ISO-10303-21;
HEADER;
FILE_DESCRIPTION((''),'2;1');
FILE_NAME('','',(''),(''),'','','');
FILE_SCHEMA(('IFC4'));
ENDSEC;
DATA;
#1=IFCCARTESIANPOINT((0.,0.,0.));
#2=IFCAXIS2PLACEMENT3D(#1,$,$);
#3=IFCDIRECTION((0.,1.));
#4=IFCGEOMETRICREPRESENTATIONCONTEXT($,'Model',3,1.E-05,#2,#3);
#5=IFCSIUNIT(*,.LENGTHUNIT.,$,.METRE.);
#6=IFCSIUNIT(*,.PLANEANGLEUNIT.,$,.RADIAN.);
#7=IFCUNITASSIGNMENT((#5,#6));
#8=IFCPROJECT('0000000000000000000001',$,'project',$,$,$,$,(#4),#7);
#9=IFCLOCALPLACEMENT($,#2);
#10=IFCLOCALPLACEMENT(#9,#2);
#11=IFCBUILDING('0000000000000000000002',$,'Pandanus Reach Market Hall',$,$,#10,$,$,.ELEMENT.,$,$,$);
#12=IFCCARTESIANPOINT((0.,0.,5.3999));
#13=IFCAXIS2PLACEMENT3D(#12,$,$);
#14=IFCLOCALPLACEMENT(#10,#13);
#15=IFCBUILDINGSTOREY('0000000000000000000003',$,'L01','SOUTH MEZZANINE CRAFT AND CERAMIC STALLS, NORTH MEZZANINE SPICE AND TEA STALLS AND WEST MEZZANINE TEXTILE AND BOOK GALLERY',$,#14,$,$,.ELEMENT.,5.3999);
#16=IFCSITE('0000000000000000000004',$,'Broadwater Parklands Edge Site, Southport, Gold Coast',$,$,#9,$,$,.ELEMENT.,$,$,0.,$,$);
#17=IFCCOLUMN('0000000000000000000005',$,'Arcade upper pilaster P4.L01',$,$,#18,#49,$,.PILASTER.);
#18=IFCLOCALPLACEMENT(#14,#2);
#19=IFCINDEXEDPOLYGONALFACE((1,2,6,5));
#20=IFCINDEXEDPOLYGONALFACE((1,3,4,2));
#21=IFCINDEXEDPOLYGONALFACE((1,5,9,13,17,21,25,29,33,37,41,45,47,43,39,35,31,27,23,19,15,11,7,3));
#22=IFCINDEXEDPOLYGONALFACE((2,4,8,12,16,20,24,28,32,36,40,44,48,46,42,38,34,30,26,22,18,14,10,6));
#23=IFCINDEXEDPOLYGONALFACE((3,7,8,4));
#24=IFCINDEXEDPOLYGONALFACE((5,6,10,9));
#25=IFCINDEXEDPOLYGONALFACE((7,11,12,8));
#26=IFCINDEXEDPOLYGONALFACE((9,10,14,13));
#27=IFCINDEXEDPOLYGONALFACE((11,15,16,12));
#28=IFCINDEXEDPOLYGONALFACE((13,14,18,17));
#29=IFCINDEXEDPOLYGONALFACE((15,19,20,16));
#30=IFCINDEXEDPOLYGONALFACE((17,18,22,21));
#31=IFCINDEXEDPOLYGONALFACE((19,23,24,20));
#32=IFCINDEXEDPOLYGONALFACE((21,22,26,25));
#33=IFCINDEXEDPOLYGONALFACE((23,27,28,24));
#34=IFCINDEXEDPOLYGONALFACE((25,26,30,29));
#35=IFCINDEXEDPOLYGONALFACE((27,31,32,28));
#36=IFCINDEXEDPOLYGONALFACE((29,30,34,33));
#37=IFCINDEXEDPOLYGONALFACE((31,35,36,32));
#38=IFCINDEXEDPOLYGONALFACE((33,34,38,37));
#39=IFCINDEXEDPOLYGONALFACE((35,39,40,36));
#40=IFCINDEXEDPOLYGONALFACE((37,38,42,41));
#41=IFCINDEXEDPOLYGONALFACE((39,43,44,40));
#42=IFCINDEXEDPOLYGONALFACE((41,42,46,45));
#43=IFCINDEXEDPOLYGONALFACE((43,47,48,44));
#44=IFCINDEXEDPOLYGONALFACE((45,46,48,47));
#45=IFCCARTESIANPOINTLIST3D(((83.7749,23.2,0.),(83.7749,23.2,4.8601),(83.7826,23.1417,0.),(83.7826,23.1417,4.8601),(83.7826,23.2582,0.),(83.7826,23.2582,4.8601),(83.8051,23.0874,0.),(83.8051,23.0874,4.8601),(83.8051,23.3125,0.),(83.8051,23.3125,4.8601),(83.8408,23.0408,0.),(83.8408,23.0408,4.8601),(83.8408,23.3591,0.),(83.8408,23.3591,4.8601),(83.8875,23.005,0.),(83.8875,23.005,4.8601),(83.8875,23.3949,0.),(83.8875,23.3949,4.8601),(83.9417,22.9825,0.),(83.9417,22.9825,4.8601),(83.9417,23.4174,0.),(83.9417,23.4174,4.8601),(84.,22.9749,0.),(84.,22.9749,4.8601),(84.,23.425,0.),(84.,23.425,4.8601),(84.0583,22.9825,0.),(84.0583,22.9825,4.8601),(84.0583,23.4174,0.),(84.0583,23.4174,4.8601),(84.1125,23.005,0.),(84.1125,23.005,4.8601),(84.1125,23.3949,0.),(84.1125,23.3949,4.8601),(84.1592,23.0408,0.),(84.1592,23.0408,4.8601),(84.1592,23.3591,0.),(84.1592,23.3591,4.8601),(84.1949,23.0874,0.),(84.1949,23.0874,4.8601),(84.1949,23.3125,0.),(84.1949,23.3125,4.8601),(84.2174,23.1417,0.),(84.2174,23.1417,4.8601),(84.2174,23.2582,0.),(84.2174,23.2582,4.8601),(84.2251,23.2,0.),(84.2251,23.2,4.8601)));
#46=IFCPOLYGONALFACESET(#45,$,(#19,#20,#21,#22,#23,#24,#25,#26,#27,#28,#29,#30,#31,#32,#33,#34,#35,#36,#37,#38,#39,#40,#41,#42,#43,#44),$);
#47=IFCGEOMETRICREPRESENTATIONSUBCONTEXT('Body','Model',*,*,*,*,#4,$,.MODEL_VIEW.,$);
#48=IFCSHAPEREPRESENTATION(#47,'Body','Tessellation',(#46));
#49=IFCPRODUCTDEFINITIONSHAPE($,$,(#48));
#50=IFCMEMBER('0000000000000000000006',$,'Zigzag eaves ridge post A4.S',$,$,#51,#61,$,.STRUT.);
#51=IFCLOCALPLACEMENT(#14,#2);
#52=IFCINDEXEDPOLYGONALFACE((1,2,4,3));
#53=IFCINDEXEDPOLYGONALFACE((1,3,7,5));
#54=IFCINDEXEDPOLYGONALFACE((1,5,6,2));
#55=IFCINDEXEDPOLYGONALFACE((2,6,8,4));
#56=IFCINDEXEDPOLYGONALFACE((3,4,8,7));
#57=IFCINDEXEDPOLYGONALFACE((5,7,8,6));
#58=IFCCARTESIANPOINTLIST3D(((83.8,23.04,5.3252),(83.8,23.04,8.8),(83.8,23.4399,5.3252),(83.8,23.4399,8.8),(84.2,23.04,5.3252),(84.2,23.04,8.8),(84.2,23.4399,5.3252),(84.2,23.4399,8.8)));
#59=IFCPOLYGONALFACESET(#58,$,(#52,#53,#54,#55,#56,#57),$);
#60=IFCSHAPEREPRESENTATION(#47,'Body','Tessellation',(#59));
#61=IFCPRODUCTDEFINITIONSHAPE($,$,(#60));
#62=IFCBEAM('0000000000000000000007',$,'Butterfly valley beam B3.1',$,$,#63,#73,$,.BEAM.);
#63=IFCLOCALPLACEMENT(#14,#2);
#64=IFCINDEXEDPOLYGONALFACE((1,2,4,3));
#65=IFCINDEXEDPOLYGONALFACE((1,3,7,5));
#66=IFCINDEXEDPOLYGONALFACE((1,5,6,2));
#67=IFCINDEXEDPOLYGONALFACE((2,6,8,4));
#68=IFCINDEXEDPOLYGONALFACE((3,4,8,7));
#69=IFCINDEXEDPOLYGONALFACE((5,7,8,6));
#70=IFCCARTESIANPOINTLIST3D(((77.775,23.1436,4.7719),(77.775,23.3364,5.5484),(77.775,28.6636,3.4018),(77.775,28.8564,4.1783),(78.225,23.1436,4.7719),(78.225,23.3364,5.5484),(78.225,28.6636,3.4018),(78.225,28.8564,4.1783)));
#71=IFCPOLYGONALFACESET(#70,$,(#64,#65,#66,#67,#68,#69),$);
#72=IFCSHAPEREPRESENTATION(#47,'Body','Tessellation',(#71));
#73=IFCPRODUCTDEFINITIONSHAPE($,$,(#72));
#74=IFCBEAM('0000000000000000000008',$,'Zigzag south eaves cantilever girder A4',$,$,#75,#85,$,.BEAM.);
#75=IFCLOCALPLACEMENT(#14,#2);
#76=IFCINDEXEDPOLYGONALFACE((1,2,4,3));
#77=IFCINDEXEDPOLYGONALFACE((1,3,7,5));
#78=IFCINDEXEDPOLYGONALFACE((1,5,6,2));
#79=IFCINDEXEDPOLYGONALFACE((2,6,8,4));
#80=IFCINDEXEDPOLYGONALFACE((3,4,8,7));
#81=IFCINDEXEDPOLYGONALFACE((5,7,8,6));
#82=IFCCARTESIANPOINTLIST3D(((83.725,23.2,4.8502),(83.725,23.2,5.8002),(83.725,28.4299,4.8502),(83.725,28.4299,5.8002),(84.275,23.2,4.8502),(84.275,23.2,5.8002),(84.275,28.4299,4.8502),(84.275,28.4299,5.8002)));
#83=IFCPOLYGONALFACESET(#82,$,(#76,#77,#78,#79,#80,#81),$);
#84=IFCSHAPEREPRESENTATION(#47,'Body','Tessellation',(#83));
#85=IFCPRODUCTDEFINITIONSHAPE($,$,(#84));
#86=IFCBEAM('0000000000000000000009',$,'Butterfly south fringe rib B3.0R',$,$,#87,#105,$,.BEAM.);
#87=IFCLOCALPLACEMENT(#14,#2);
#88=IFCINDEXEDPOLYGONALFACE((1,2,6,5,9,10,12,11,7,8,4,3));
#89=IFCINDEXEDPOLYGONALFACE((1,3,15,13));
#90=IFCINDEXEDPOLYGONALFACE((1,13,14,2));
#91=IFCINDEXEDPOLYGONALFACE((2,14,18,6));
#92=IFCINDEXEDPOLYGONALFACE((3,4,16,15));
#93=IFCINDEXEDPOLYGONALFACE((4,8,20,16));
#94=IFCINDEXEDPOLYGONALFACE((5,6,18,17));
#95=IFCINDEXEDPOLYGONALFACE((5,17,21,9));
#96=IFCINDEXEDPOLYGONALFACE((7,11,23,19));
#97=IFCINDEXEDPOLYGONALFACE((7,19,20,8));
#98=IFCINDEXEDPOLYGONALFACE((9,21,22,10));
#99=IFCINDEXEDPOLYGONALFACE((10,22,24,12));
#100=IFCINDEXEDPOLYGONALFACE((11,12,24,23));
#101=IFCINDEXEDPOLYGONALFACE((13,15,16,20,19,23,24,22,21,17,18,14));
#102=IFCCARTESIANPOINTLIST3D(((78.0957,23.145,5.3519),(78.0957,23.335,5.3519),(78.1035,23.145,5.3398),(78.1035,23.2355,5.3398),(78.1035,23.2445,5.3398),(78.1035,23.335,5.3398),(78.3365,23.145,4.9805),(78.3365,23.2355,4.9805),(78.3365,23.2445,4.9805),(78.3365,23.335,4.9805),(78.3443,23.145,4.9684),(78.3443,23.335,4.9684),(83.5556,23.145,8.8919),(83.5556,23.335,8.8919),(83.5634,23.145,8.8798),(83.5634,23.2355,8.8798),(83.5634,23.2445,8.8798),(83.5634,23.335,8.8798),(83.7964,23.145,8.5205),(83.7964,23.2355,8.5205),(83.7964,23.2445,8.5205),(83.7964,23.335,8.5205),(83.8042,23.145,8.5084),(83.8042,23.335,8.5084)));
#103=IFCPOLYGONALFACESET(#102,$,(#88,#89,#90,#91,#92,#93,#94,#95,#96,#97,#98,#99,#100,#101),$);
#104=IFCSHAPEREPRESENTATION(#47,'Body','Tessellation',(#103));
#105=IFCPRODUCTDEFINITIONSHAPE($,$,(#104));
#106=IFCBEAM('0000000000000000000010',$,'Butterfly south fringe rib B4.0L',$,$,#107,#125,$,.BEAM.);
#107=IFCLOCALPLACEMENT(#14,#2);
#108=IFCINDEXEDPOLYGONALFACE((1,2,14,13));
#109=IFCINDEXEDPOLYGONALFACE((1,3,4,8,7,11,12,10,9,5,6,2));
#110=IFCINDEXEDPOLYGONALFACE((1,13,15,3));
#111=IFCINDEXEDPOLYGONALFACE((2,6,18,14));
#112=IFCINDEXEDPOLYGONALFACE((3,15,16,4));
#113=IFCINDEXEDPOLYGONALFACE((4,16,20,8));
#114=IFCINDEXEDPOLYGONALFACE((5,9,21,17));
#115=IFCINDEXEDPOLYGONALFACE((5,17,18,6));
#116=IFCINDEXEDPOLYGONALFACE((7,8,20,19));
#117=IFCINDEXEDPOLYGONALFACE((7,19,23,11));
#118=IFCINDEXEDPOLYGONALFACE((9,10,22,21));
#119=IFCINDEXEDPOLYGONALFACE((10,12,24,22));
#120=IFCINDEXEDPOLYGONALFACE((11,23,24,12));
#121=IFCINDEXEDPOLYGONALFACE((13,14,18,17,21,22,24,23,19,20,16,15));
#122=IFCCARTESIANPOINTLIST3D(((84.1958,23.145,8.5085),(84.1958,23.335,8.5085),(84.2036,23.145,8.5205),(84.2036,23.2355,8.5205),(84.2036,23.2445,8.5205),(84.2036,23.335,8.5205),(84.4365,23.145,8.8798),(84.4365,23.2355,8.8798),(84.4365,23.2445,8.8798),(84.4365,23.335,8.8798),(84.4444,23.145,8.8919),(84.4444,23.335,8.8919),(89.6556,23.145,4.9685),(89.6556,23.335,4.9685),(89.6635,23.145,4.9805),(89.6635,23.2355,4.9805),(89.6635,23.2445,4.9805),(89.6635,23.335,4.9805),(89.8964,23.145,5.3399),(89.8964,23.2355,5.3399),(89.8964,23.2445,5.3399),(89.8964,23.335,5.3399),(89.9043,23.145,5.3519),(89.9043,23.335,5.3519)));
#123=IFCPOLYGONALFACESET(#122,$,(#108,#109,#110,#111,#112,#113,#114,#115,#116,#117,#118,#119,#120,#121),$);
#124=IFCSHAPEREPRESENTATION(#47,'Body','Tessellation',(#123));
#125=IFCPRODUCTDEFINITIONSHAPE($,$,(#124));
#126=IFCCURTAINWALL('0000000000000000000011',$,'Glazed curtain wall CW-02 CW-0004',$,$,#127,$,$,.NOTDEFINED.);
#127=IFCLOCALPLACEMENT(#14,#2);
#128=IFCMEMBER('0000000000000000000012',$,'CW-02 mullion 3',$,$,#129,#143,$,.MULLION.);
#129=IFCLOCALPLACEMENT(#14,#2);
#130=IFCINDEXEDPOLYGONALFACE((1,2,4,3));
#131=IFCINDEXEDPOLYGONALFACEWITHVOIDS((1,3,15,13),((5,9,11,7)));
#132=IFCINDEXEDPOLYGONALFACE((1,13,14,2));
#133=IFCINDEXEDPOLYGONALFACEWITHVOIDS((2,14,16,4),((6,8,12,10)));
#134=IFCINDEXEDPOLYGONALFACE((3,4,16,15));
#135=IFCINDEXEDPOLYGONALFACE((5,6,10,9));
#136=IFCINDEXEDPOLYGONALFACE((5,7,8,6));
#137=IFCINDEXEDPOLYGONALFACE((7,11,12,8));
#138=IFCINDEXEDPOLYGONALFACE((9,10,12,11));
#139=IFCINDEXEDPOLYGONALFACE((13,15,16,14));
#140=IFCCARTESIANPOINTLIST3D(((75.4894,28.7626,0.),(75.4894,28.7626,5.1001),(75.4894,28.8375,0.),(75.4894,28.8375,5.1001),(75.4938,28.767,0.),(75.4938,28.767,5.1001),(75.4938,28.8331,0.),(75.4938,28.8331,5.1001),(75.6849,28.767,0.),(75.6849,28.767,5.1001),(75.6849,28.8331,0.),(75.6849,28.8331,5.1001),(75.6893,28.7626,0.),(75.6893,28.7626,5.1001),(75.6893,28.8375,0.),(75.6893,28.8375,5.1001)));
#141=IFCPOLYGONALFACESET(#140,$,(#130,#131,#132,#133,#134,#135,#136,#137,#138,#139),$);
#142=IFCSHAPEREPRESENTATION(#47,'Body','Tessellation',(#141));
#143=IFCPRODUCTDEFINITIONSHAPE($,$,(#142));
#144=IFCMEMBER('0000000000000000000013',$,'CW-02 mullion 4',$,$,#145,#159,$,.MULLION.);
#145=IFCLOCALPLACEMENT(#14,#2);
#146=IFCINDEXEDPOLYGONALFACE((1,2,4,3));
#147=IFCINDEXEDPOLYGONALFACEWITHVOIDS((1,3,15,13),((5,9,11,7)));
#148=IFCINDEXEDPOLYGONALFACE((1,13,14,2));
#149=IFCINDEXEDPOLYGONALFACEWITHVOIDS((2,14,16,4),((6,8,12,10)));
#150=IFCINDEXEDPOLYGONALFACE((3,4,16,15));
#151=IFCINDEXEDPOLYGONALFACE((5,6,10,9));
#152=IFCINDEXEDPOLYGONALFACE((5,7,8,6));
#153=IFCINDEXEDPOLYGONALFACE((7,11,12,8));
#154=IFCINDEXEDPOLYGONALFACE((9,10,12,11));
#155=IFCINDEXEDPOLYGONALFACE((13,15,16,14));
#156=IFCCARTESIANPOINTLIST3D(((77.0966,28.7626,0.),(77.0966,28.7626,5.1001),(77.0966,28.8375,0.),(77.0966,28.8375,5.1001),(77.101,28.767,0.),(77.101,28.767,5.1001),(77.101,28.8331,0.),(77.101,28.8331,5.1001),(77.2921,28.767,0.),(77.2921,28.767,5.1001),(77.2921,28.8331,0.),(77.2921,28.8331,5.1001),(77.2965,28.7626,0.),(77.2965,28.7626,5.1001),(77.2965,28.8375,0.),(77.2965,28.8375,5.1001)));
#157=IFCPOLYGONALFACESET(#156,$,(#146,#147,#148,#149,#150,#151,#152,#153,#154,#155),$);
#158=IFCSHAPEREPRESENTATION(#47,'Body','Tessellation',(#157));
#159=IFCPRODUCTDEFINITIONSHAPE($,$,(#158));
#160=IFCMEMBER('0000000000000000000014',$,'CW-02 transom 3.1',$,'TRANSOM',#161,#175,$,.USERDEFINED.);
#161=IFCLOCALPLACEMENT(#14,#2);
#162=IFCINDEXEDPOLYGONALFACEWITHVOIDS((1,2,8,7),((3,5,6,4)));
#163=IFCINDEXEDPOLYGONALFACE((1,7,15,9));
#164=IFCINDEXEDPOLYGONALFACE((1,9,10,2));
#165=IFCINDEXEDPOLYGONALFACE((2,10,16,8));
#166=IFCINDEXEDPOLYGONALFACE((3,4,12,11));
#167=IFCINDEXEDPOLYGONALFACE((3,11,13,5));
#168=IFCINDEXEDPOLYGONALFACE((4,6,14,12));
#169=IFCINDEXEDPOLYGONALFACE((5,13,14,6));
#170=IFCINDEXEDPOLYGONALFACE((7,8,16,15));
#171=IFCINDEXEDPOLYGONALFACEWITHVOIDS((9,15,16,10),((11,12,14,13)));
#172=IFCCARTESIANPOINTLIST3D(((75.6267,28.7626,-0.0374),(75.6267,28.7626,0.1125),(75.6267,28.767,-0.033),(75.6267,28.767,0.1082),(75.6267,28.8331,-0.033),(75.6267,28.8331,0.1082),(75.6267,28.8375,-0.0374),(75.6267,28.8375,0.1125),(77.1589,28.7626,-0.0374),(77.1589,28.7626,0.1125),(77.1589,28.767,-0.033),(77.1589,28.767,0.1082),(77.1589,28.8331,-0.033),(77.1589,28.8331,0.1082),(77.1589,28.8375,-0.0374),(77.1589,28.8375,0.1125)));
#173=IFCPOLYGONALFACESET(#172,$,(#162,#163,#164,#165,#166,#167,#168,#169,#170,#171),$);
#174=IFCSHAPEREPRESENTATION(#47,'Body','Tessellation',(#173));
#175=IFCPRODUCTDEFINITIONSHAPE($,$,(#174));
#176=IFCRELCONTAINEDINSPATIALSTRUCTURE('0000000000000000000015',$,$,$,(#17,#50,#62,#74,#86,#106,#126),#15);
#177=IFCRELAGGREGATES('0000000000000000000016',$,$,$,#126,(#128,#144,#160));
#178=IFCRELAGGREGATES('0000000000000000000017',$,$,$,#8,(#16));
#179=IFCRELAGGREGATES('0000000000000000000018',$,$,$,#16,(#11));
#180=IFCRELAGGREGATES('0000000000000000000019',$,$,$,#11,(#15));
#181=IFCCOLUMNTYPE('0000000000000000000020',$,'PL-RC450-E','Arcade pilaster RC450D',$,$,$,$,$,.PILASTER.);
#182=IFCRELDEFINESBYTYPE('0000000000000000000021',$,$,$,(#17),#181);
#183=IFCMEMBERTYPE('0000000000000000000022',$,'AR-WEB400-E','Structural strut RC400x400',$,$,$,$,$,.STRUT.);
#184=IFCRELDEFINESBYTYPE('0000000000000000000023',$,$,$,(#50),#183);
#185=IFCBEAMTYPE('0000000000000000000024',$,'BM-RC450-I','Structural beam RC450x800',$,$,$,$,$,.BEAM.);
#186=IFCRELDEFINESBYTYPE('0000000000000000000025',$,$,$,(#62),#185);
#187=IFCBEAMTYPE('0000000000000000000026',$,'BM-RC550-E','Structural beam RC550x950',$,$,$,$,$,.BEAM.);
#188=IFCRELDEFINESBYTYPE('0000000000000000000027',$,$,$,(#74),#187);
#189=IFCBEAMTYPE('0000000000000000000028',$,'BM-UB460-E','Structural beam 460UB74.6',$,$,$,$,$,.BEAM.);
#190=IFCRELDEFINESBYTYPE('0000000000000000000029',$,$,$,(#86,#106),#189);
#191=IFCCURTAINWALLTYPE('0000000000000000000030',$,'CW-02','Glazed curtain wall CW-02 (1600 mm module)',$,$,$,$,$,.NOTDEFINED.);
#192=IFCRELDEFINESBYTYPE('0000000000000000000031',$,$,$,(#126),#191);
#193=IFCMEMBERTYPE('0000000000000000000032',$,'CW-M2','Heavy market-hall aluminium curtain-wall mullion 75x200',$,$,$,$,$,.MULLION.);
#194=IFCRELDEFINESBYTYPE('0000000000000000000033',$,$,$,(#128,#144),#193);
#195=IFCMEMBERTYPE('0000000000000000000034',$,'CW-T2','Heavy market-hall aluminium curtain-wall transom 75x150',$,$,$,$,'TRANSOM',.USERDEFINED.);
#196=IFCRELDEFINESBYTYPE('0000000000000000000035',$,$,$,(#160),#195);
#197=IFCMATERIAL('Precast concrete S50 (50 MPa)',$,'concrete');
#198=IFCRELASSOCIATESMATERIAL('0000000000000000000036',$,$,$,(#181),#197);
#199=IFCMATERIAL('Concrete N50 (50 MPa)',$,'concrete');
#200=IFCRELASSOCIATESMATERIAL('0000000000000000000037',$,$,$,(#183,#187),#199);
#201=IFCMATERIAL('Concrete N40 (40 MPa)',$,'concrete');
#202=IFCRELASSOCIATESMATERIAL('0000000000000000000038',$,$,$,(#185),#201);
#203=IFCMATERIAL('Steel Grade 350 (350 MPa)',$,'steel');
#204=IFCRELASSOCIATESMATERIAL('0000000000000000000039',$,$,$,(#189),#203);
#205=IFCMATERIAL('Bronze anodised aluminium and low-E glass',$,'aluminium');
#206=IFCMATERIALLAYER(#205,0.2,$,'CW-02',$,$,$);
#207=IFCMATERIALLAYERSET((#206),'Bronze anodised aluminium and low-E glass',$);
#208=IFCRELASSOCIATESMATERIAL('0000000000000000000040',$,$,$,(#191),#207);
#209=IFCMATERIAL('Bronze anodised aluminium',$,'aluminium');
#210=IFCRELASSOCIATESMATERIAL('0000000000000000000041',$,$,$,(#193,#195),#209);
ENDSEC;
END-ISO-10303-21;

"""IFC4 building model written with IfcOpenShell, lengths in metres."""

from ifc_helpers import new_model, si_unit, direction, frame, origin, origin_2d, place, context, subcontext, project, spatial, rectangle, hollow_rectangle, circle, i_section, extrude, material, layer, layer_set, material_profile, profile_set, type_object, element, aggregate, save


model = new_model("IFC4")

# Units and contexts
model_context = context("Model", 3, precision=1e-05, world=origin(), true_north=direction((0.0, 1.0)))
body_context = subcontext(model_context, "Body", "Model", "MODEL_VIEW")
ifc_project = project(units=[si_unit("LENGTHUNIT", "METRE"), si_unit("PLANEANGLEUNIT", "RADIAN")], contexts=[model_context])

# Site, building, storey
site_placement = place(None, origin())
site = spatial("IfcSite", under=ifc_project, at=site_placement, Name="Broadwater Parklands Edge Site, Southport, Gold Coast", CompositionType="ELEMENT", RefElevation=0.0)
building_placement = place(site_placement, origin())
building = spatial("IfcBuilding", under=site, at=building_placement, Name="Pandanus Reach Market Hall", CompositionType="ELEMENT")
storey_placement = place(building_placement, frame((0.0, 0.0, 5.3999)))
storey = spatial("IfcBuildingStorey", under=building, at=storey_placement, Name="L01", Description="SOUTH MEZZANINE CRAFT AND CERAMIC STALLS, NORTH MEZZANINE SPICE AND TEA STALLS AND WEST MEZZANINE TEXTILE AND BOOK GALLERY", CompositionType="ELEMENT", Elevation=5.3999)

# Column
ifc_material_1 = material(Name="Precast concrete S50 (50 MPa)", Category="concrete")
ifc_material_profile_1 = material_profile(ifc_material_1, circle(Radius=0.2251, at=origin_2d()), Name="RC450D", Category="LoadBearing")
ifc_profile_set_1 = profile_set([ifc_material_profile_1], Name="Precast concrete S50 (50 MPa)")
column_type = type_object("IfcColumnType", Name="PL-RC450-E", Description="Arcade pilaster RC450D", PredefinedType="PILASTER", material=ifc_profile_set_1)
column_placement = place(storey_placement, frame((84.0, 23.2, 0.0), z_axis=(0.0, 0.0, 1.0), x_axis=(1.0, 0.0, 0.0)))
element("IfcColumn", 1, at=column_placement, inside=storey, type_object=column_type, Name="Arcade upper pilaster P4.L01", PredefinedType="PILASTER", context=body_context, shape_type="SweptSolid", body=[
    extrude(circle(Radius=0.2251, at=origin_2d()), origin(), (0.0, 0.0, 1.0), 4.8601),
])

# Member
ifc_material_2 = material(Name="Concrete N50 (50 MPa)", Category="concrete")
ifc_material_profile_2 = material_profile(ifc_material_2, rectangle(XDim=0.3999, YDim=0.3999, at=origin_2d()), Name="RC400x400", Category="LoadBearing")
ifc_profile_set_2 = profile_set([ifc_material_profile_2], Name="Concrete N50 (50 MPa)")
member_type_1 = type_object("IfcMemberType", Name="AR-WEB400-E", Description="Structural strut RC400x400", PredefinedType="STRUT", material=ifc_profile_set_2)
member_1_placement = place(storey_placement, frame((84.0, 23.24, 5.3252), z_axis=(0.0, 0.0, 1.0), x_axis=(1.0, 0.0, 0.0)))
element("IfcMember", 2, at=member_1_placement, inside=storey, type_object=member_type_1, Name="Zigzag eaves ridge post A4.S", PredefinedType="STRUT", context=body_context, shape_type="SweptSolid", body=[
    extrude(rectangle(XDim=0.3999, YDim=0.3999, at=origin_2d()), origin(), (0.0, 0.0, 1.0), 3.4749),
])

# Beams
ifc_material_3 = material(Name="Concrete N40 (40 MPa)", Category="concrete")
ifc_material_profile_3 = material_profile(ifc_material_3, rectangle(XDim=0.45, YDim=0.8, at=origin_2d()), Name="RC450x800", Category="LoadBearing")
ifc_profile_set_3 = profile_set([ifc_material_profile_3], Name="Concrete N40 (40 MPa)")
beam_type_1 = type_object("IfcBeamType", Name="BM-RC450-I", Description="Structural beam RC450x800", PredefinedType="BEAM", material=ifc_profile_set_3)
beam_1_placement = place(storey_placement, frame((78.0, 23.24, 5.1602), z_axis=(0.0, 0.97055, -0.240899), x_axis=(-1.0, 0.0, 0.0)))
element("IfcBeam", 3, at=beam_1_placement, inside=storey, type_object=beam_type_1, Name="Butterfly valley beam B3.1", PredefinedType="BEAM", context=body_context, shape_type="SweptSolid", body=[
    extrude(rectangle(XDim=0.45, YDim=0.8, at=origin_2d()), origin(), (0.0, 0.0, 1.0), 5.6875),
])
ifc_material_profile_4 = material_profile(ifc_material_2, rectangle(XDim=0.55, YDim=0.95, at=origin_2d()), Name="RC550x950", Category="LoadBearing")
ifc_profile_set_4 = profile_set([ifc_material_profile_4], Name="Concrete N50 (50 MPa)")
beam_type_2 = type_object("IfcBeamType", Name="BM-RC550-E", Description="Structural beam RC550x950", PredefinedType="BEAM", material=ifc_profile_set_4)
beam_2_placement = place(storey_placement, frame((84.0, 23.2, 5.3252), z_axis=(0.0, 1.0, 0.0), x_axis=(-1.0, 0.0, 0.0)))
element("IfcBeam", 4, at=beam_2_placement, inside=storey, type_object=beam_type_2, Name="Zigzag south eaves cantilever girder A4", PredefinedType="BEAM", context=body_context, shape_type="SweptSolid", body=[
    extrude(rectangle(XDim=0.55, YDim=0.95, at=origin_2d()), origin(), (0.0, 0.0, 1.0), 5.23),
])
ifc_material_4 = material(Name="Steel Grade 350 (350 MPa)", Category="steel")
ifc_material_profile_5 = material_profile(ifc_material_4, i_section(OverallWidth=0.1899, OverallDepth=0.457, WebThickness=0.009, FlangeThickness=0.0144, at=origin_2d()), Name="460UB74.6", Category="LoadBearing")
ifc_profile_set_5 = profile_set([ifc_material_profile_5], Name="Steel Grade 350 (350 MPa)")
beam_type_3 = type_object("IfcBeamType", Name="BM-UB460-E", Description="Structural beam 460UB74.6", PredefinedType="BEAM", material=ifc_profile_set_5)
for number, where, z_axis, x_axis, name in (
    (5, (78.22, 23.24, 5.1602), (0.839071, 0.0, 0.544023), (0.0, 1.0, 0.0), "Butterfly south fringe rib B3.0R"),
    (6, (84.3201, 23.24, 8.7002), (0.839071, 0.0, -0.544023), (0.0, 1.0, 0.0), "Butterfly south fringe rib B4.0L"),
):
    element("IfcBeam", number, at=place(storey_placement, frame(where, z_axis=z_axis, x_axis=x_axis)), inside=storey, type_object=beam_type_3, Name=name, PredefinedType="BEAM", context=body_context, shape_type="SweptSolid", body=[
        extrude(i_section(OverallWidth=0.1899, OverallDepth=0.457, WebThickness=0.009, FlangeThickness=0.0144, at=origin_2d()), origin(), (0.0, 0.0, 1.0), 6.5071),
    ])

# Curtain wall, members
ifc_material_5 = material(Name="Bronze anodised aluminium and low-E glass", Category="aluminium")
ifc_layer_1 = layer(ifc_material_5, 0.2, Name="CW-02")
ifc_layer_set_1 = layer_set([ifc_layer_1], Name="Bronze anodised aluminium and low-E glass")
curtain_wall_type = type_object("IfcCurtainWallType", Name="CW-02", Description="Glazed curtain wall CW-02 (1600 mm module)", PredefinedType="NOTDEFINED", material=ifc_layer_set_1)
curtain_wall_placement = place(storey_placement, origin())
curtain_wall = element("IfcCurtainWall", 7, at=curtain_wall_placement, inside=storey, type_object=curtain_wall_type, Name="Glazed curtain wall CW-02 CW-0004", PredefinedType="NOTDEFINED")
ifc_material_6 = material(Name="Bronze anodised aluminium", Category="aluminium")
ifc_material_profile_6 = material_profile(ifc_material_6, hollow_rectangle(XDim=0.075, YDim=0.2, WallThickness=0.0044, at=origin_2d()), Name="ALU75x200", Category="LoadBearing")
ifc_profile_set_6 = profile_set([ifc_material_profile_6], Name="Bronze anodised aluminium")
member_type_2 = type_object("IfcMemberType", Name="CW-M2", Description="Heavy market-hall aluminium curtain-wall mullion 75x200", PredefinedType="MULLION", material=ifc_profile_set_6)
member_2_placement = place(storey_placement, frame((75.5894, 28.8, 0.0), z_axis=(0.0, 0.0, 1.0), x_axis=(0.0, 1.0, 0.0)))
member_2 = element("IfcMember", 8, at=member_2_placement, type_object=member_type_2, Name="CW-02 mullion 3", PredefinedType="MULLION", context=body_context, shape_type="SweptSolid", body=[
    extrude(hollow_rectangle(XDim=0.075, YDim=0.2, WallThickness=0.0044, at=origin_2d()), origin(), (0.0, 0.0, 1.0), 5.1001),
])
member_3_placement = place(storey_placement, frame((77.1965, 28.8, 0.0), z_axis=(0.0, 0.0, 1.0), x_axis=(0.0, 1.0, 0.0)))
member_3 = element("IfcMember", 9, at=member_3_placement, type_object=member_type_2, Name="CW-02 mullion 4", PredefinedType="MULLION", context=body_context, shape_type="SweptSolid", body=[
    extrude(hollow_rectangle(XDim=0.075, YDim=0.2, WallThickness=0.0044, at=origin_2d()), origin(), (0.0, 0.0, 1.0), 5.1001),
])
ifc_material_profile_7 = material_profile(ifc_material_6, hollow_rectangle(XDim=0.075, YDim=0.1499, WallThickness=0.0044, at=origin_2d()), Name="ALU75x150", Category="LoadBearing")
ifc_profile_set_7 = profile_set([ifc_material_profile_7], Name="Bronze anodised aluminium")
member_type_3 = type_object("IfcMemberType", Name="CW-T2", Description="Heavy market-hall aluminium curtain-wall transom 75x150", ElementType="TRANSOM", PredefinedType="USERDEFINED", material=ifc_profile_set_7)
member_4_placement = place(storey_placement, frame((75.6267, 28.8, 0.0376), z_axis=(1.0, 0.0, 0.0), x_axis=(0.0, 1.0, 0.0)))
member_4 = element("IfcMember", 10, at=member_4_placement, type_object=member_type_3, Name="CW-02 transom 3.1", ObjectType="TRANSOM", PredefinedType="USERDEFINED", context=body_context, shape_type="SweptSolid", body=[
    extrude(hollow_rectangle(XDim=0.075, YDim=0.1499, WallThickness=0.0044, at=origin_2d()), origin(), (0.0, 0.0, 1.0), 1.5322),
])

aggregate(curtain_wall, [member_2, member_3, member_4])

save(model, "model.ifc")
